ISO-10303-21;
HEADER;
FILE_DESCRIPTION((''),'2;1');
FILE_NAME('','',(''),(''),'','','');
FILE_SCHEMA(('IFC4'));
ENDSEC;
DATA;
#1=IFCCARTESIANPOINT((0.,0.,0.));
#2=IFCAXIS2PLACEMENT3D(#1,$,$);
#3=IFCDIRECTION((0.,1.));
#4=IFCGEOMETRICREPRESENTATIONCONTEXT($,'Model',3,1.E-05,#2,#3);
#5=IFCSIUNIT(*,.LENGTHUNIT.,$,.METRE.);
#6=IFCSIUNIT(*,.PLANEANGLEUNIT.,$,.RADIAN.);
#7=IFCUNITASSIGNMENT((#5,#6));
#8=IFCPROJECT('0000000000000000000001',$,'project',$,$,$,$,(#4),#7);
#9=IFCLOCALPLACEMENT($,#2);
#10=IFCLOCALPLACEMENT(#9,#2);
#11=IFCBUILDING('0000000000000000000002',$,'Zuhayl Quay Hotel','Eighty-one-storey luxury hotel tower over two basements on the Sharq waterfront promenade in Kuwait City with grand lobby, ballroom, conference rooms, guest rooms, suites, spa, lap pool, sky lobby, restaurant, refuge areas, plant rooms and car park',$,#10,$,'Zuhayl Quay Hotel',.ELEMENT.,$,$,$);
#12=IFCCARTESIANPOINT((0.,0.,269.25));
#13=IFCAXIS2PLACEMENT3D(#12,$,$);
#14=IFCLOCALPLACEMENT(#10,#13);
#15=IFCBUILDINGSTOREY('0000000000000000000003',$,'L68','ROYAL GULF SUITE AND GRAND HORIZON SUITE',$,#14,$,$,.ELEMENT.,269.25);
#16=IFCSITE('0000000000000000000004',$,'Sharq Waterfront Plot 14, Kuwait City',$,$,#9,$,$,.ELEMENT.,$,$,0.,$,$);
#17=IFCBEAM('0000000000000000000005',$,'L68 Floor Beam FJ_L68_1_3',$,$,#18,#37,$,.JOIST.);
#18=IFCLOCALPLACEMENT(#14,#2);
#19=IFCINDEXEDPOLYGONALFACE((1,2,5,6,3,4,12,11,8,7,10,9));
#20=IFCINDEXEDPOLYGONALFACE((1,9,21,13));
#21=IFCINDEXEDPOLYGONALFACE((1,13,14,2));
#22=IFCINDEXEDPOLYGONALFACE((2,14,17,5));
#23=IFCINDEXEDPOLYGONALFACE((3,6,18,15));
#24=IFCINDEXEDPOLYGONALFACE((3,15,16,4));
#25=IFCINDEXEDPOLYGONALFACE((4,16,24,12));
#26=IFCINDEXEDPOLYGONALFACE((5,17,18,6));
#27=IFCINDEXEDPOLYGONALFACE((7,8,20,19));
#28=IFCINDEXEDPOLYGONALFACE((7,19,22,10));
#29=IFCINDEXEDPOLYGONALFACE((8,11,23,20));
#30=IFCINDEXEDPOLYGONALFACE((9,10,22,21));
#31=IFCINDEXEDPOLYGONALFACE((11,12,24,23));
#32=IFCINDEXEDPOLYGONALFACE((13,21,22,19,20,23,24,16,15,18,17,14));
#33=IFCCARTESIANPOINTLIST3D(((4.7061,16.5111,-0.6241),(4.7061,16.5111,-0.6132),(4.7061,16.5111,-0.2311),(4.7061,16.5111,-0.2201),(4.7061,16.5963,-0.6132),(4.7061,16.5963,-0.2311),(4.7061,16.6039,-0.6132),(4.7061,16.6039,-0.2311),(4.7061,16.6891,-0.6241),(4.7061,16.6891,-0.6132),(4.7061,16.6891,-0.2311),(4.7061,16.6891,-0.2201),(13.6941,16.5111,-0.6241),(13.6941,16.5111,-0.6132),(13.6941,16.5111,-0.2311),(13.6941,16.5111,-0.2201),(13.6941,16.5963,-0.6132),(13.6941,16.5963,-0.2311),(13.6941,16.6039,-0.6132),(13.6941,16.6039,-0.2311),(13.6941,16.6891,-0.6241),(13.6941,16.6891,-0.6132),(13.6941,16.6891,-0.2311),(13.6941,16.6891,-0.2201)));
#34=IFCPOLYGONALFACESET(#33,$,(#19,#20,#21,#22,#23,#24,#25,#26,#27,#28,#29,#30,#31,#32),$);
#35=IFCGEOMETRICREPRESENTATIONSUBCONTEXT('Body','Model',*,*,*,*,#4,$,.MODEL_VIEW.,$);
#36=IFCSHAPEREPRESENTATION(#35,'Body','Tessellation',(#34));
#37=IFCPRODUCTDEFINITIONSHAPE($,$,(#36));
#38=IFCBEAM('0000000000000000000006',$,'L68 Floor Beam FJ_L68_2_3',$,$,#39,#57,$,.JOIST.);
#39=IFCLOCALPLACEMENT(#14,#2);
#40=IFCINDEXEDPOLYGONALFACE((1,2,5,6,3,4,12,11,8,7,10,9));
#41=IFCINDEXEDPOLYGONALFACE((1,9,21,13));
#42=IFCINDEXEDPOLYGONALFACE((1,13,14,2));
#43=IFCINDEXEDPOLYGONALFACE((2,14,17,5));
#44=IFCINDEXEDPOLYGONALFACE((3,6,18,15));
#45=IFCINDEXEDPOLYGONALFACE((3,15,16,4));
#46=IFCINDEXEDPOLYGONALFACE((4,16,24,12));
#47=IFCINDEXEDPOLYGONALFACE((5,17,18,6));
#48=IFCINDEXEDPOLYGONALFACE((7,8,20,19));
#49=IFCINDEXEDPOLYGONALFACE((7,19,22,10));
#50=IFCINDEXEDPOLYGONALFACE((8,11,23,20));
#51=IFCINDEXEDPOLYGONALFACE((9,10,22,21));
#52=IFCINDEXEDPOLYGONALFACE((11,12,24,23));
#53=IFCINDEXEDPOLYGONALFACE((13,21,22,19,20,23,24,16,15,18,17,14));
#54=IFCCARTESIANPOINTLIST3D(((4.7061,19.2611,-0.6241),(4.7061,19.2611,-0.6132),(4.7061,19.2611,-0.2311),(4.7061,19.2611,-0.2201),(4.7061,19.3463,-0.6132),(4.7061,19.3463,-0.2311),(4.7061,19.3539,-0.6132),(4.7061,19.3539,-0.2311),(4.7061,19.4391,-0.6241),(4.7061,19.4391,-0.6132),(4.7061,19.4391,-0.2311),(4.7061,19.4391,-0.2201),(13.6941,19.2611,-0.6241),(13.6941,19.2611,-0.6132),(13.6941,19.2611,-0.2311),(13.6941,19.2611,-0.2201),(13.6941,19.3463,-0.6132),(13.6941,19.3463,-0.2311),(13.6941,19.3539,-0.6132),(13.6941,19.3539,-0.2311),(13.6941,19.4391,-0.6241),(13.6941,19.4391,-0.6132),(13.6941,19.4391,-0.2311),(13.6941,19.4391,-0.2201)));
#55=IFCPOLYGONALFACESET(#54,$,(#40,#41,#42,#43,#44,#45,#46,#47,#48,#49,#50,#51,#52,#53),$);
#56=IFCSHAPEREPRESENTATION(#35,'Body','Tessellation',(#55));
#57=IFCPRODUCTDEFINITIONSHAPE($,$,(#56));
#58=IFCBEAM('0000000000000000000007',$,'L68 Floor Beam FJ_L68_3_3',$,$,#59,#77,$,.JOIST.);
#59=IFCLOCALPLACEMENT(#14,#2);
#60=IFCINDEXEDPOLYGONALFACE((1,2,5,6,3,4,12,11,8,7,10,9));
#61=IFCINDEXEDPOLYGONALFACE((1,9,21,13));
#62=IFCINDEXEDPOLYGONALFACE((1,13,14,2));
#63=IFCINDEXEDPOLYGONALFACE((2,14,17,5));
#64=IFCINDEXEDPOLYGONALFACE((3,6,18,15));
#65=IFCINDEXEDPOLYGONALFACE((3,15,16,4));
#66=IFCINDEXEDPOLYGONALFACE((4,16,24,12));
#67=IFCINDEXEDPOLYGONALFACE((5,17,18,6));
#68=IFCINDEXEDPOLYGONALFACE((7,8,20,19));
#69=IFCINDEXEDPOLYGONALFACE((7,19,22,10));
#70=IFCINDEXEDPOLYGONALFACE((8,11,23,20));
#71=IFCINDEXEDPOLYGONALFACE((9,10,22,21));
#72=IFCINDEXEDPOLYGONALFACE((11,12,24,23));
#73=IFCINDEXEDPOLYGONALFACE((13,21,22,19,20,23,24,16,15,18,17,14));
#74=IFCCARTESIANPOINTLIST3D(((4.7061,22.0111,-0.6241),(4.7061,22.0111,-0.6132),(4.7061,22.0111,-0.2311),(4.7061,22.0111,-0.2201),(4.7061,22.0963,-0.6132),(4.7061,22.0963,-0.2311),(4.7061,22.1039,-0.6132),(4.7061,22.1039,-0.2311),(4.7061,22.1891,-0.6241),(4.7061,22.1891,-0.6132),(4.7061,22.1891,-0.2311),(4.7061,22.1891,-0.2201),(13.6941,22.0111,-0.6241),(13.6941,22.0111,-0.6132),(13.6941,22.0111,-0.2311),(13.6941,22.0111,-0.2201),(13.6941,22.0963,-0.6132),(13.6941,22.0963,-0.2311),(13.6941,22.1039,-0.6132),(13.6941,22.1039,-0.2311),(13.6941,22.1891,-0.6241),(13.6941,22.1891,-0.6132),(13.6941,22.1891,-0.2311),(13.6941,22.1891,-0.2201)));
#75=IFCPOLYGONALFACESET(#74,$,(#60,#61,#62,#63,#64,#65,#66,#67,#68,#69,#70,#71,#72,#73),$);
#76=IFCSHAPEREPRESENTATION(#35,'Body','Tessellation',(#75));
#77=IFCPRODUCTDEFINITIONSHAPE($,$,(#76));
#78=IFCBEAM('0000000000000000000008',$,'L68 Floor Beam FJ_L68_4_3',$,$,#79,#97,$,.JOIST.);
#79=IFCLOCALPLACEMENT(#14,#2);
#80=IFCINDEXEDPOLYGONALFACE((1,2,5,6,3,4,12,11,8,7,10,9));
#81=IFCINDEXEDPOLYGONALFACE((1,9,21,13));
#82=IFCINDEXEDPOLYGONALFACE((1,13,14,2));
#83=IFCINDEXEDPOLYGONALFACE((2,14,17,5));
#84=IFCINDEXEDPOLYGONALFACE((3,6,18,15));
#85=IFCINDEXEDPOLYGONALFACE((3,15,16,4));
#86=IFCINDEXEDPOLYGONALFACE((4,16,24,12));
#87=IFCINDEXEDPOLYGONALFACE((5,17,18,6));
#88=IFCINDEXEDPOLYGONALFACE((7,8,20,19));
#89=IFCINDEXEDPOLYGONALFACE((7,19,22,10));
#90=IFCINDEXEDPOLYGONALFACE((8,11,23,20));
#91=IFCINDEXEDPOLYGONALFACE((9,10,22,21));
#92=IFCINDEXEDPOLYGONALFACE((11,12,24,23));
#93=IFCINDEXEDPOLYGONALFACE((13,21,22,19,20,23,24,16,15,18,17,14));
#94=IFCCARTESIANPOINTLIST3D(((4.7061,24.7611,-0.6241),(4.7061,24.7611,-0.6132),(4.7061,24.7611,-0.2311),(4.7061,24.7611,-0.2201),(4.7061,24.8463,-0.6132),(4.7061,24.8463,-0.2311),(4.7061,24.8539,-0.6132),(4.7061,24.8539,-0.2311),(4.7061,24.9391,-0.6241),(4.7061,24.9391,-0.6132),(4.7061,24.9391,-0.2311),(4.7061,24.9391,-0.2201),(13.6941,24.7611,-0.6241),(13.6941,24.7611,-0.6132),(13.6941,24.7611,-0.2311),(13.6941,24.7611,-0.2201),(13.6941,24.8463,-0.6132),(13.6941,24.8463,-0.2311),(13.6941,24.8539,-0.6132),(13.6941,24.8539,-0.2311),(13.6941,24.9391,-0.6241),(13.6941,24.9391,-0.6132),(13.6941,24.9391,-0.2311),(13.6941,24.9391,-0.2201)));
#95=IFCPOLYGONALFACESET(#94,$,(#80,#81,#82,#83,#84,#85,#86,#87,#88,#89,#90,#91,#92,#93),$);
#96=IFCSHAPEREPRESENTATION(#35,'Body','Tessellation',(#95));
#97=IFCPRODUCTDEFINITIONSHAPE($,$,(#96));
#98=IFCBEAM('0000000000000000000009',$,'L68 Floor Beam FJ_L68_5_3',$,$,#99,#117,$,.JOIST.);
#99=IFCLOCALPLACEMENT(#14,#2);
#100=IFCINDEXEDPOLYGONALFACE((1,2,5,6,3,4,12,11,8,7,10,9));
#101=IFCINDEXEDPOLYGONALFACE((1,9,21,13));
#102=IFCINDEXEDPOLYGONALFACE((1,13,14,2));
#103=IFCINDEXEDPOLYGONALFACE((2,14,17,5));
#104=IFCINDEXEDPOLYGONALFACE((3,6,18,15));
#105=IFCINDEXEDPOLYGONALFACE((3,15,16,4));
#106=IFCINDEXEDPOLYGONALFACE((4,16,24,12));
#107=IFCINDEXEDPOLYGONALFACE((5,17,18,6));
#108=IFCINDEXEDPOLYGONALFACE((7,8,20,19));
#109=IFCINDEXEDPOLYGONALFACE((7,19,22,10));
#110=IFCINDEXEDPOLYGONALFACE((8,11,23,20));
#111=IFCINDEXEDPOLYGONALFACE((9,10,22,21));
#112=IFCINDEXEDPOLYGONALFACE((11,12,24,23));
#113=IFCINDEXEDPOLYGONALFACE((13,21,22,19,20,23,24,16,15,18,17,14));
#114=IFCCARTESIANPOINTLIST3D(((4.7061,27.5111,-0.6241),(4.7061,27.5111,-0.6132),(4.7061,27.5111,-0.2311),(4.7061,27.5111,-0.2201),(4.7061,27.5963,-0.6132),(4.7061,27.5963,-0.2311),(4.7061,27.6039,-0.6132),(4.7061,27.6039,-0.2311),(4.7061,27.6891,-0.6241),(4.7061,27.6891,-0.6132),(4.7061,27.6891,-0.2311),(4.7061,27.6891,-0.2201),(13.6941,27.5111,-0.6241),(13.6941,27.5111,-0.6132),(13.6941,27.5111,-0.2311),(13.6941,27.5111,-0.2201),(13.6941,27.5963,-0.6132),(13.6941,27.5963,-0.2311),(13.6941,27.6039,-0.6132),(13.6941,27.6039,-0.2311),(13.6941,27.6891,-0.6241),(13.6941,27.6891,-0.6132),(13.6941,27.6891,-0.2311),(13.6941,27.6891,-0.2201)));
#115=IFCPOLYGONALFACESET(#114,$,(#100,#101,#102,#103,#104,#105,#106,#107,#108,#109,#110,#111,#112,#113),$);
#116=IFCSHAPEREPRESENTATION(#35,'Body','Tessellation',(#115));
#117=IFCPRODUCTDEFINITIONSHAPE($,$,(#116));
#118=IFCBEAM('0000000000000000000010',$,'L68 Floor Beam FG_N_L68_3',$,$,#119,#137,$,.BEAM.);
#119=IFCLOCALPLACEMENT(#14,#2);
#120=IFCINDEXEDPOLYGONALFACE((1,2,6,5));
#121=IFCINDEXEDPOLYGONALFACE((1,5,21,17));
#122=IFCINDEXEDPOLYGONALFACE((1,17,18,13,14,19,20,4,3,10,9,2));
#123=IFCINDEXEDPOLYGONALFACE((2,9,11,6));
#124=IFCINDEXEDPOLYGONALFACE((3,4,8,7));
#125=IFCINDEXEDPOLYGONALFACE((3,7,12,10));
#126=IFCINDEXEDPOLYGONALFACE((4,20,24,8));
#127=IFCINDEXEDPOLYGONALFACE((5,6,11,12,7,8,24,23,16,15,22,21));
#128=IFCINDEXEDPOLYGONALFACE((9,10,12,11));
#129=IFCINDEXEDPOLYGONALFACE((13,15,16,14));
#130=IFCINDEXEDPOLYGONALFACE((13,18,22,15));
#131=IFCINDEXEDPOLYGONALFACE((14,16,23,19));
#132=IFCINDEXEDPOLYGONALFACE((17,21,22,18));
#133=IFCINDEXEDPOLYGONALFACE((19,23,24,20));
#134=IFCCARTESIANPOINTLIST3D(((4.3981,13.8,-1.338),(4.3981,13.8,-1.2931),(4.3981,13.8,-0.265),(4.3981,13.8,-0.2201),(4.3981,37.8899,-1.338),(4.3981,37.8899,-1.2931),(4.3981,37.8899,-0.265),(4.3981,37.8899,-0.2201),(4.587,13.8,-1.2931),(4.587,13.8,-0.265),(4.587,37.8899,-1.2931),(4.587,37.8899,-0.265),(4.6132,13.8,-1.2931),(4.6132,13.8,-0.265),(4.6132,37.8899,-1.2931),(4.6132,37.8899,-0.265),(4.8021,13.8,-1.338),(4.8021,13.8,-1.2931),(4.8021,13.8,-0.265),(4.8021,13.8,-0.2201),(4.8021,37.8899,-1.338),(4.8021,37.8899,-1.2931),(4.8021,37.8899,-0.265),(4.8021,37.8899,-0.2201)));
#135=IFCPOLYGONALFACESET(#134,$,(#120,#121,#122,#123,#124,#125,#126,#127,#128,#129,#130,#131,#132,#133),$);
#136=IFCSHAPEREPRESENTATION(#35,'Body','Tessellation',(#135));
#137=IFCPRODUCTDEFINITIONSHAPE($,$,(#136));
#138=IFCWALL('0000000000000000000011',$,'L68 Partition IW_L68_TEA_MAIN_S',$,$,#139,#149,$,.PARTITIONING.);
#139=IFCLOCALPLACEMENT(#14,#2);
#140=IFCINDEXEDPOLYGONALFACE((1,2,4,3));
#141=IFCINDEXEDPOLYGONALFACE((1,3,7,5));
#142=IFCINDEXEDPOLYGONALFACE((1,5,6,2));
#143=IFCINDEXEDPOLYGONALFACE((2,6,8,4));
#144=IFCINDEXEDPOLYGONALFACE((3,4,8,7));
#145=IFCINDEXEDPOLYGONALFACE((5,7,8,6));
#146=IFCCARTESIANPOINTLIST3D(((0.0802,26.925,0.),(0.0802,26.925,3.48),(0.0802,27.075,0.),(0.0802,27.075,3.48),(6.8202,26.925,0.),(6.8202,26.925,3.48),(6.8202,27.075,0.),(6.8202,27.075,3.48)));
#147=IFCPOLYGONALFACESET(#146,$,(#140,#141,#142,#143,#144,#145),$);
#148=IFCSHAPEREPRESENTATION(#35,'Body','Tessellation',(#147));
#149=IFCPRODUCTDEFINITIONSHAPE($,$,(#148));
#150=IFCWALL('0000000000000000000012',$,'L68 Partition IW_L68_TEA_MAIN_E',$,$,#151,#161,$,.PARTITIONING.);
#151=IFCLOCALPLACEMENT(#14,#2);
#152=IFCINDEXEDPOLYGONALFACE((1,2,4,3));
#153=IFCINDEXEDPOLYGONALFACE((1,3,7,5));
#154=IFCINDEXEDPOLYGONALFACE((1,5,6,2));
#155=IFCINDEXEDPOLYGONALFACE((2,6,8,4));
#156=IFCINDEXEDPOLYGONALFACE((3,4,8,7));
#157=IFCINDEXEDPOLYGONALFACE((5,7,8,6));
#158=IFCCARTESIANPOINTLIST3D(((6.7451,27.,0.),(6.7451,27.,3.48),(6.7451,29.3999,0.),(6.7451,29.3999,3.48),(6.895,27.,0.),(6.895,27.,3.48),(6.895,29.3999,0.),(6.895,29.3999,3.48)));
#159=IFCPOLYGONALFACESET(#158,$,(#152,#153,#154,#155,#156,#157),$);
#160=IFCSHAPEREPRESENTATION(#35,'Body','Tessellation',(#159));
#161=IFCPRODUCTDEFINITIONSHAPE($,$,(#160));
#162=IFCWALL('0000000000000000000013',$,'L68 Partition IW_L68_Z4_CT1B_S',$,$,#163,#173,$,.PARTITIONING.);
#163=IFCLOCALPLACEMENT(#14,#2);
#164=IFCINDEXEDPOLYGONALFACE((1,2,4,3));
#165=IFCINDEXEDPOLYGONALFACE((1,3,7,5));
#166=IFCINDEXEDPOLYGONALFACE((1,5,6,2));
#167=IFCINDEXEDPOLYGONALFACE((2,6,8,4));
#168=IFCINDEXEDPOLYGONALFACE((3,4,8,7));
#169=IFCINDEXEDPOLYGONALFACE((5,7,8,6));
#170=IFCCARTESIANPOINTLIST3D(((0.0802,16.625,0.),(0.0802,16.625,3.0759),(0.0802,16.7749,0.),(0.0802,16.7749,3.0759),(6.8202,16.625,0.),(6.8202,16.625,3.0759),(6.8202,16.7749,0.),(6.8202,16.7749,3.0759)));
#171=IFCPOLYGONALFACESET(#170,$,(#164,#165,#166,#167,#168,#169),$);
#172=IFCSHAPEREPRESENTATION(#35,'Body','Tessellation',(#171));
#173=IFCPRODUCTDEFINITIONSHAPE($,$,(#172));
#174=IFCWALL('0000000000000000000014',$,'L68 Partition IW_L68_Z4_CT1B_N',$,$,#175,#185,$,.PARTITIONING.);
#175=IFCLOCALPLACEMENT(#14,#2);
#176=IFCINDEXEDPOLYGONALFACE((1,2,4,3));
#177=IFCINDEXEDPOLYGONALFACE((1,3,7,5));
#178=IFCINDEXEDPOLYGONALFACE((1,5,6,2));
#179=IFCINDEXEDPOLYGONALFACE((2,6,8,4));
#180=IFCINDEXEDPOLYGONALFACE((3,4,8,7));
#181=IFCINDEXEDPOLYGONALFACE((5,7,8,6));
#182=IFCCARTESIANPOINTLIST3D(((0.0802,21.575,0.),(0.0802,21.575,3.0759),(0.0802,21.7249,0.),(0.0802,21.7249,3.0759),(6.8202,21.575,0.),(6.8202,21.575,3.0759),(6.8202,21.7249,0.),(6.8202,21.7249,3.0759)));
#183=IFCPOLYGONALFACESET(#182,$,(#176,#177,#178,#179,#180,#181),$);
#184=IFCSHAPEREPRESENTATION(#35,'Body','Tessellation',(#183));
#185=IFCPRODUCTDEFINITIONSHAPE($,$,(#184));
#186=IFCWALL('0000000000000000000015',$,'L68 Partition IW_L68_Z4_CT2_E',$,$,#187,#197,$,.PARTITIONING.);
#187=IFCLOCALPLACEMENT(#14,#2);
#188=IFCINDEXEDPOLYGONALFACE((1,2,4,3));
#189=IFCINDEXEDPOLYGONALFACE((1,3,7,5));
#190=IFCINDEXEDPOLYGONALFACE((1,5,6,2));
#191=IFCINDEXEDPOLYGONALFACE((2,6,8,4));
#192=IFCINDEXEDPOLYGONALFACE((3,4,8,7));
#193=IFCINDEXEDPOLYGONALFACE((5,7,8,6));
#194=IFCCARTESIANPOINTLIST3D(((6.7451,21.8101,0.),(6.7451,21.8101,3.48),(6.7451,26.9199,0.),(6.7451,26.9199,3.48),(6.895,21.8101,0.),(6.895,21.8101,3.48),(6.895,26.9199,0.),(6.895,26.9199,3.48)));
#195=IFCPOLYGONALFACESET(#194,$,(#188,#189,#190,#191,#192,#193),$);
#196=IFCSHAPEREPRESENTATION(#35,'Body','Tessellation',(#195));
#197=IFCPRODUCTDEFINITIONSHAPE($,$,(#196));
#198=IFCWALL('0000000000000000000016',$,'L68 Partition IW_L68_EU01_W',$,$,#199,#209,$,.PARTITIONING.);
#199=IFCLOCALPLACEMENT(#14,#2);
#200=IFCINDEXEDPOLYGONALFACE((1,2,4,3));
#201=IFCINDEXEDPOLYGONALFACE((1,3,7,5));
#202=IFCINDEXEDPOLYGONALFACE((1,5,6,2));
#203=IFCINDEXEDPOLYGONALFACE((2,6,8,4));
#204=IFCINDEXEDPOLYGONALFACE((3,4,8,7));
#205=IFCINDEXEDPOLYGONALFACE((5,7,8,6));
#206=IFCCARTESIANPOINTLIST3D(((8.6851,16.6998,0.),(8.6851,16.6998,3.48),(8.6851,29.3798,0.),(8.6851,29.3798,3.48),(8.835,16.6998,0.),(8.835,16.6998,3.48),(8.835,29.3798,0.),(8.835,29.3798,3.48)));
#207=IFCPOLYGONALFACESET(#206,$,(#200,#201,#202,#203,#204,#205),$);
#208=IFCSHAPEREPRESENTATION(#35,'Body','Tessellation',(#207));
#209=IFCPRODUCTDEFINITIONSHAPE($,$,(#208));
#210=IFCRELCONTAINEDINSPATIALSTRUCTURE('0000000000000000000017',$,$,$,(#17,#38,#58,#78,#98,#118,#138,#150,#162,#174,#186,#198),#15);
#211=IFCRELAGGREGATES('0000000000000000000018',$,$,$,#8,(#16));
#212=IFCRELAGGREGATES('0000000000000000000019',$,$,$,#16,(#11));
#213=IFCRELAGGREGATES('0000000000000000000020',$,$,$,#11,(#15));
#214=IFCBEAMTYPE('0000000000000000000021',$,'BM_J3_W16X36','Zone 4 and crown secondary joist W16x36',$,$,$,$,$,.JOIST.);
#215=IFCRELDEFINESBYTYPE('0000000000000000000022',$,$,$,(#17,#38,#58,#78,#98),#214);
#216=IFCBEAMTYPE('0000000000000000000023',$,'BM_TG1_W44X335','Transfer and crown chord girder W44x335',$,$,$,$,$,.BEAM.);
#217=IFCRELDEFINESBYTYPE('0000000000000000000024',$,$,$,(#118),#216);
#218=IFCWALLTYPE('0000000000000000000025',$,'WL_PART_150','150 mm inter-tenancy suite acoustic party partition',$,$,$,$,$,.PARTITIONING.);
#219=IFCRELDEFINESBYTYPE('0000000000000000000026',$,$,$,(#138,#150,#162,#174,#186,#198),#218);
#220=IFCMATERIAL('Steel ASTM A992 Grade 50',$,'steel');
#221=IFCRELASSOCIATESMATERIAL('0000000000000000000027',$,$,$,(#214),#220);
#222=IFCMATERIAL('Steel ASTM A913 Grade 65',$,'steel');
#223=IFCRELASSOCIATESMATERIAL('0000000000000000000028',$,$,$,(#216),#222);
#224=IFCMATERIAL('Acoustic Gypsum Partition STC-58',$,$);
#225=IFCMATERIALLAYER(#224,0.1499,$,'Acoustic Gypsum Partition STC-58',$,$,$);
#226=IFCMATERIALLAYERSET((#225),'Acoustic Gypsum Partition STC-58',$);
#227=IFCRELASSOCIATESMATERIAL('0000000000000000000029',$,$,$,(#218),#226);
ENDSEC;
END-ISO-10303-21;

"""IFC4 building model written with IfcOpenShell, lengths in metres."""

from ifc_helpers import new_model, si_unit, direction, frame, frame_2d, origin, origin_2d, place, context, subcontext, project, spatial, rectangle, i_section, extrude, material, layer, layer_set, material_profile, profile_set, type_object, element, save


model = new_model("IFC4")

# Units and contexts
model_context = context("Model", 3, precision=1e-05, world=origin(), true_north=direction((0.0, 1.0)))
body_context = subcontext(model_context, "Body", "Model", "MODEL_VIEW")
ifc_project = project(units=[si_unit("LENGTHUNIT", "METRE"), si_unit("PLANEANGLEUNIT", "RADIAN")], contexts=[model_context])

# Site, building, storey
site_placement = place(None, origin())
site = spatial("IfcSite", under=ifc_project, at=site_placement, Name="Sharq Waterfront Plot 14, Kuwait City", CompositionType="ELEMENT", RefElevation=0.0)
building_placement = place(site_placement, origin())
building = spatial("IfcBuilding", under=site, at=building_placement, Name="Zuhayl Quay Hotel", Description="Eighty-one-storey luxury hotel tower over two basements on the Sharq waterfront promenade in Kuwait City with grand lobby, ballroom, conference rooms, guest rooms, suites, spa, lap pool, sky lobby, restaurant, refuge areas, plant rooms and car park", LongName="Zuhayl Quay Hotel", CompositionType="ELEMENT")
storey_placement = place(building_placement, frame((0.0, 0.0, 269.25)))
storey = spatial("IfcBuildingStorey", under=building, at=storey_placement, Name="L68", Description="ROYAL GULF SUITE AND GRAND HORIZON SUITE", CompositionType="ELEMENT", Elevation=269.25)

# Beams
ifc_material_1 = material(Name="Steel ASTM A992 Grade 50", Category="steel")
ifc_material_profile_1 = material_profile(ifc_material_1, i_section(OverallWidth=0.178, OverallDepth=0.4041, WebThickness=0.0076, FlangeThickness=0.011, at=origin_2d()), Name="W16X36")
ifc_profile_set_1 = profile_set([ifc_material_profile_1], Name="Steel ASTM A992 Grade 50")
beam_type_1 = type_object("IfcBeamType", Name="BM_J3_W16X36", Description="Zone 4 and crown secondary joist W16x36", PredefinedType="JOIST", material=ifc_profile_set_1)
for number, where, z_axis, x_axis, name in (
    (1, (4.7061, 16.6001, -0.4221), (1.0, 0.0, 0.0), (0.0, 1.0, 0.0), "L68 Floor Beam FJ_L68_1_3"),
    (2, (4.7061, 19.3501, -0.4221), (1.0, 0.0, 0.0), (0.0, 1.0, 0.0), "L68 Floor Beam FJ_L68_2_3"),
    (3, (4.7061, 22.1001, -0.4221), (1.0, 0.0, 0.0), (0.0, 1.0, 0.0), "L68 Floor Beam FJ_L68_3_3"),
    (4, (4.7061, 24.8501, -0.4221), (1.0, 0.0, 0.0), (0.0, 1.0, 0.0), "L68 Floor Beam FJ_L68_4_3"),
    (5, (4.7061, 27.6001, -0.4221), (1.0, 0.0, 0.0), (0.0, 1.0, 0.0), "L68 Floor Beam FJ_L68_5_3"),
):
    element("IfcBeam", number, at=place(storey_placement, frame(where, z_axis=z_axis, x_axis=x_axis)), inside=storey, type_object=beam_type_1, Name=name, PredefinedType="JOIST", context=body_context, shape_type="SweptSolid", body=[
        extrude(i_section(OverallWidth=0.178, OverallDepth=0.4041, WebThickness=0.0076, FlangeThickness=0.011, at=origin_2d()), origin(), (0.0, 0.0, 1.0), 8.988),
    ])
ifc_material_2 = material(Name="Steel ASTM A913 Grade 65", Category="steel")
ifc_material_profile_2 = material_profile(ifc_material_2, i_section(OverallWidth=0.4041, OverallDepth=1.1179, WebThickness=0.0261, FlangeThickness=0.0449, at=origin_2d()), Name="W44X335")
ifc_profile_set_2 = profile_set([ifc_material_profile_2], Name="Steel ASTM A913 Grade 65")
beam_type_2 = type_object("IfcBeamType", Name="BM_TG1_W44X335", Description="Transfer and crown chord girder W44x335", PredefinedType="BEAM", material=ifc_profile_set_2)
beam_placement = place(storey_placement, frame((4.6001, 13.8, -0.7791), z_axis=(0.0, 1.0, 0.0), x_axis=(-1.0, 0.0, 0.0)))
element("IfcBeam", 6, at=beam_placement, inside=storey, type_object=beam_type_2, Name="L68 Floor Beam FG_N_L68_3", PredefinedType="BEAM", context=body_context, shape_type="SweptSolid", body=[
    extrude(i_section(OverallWidth=0.4041, OverallDepth=1.1179, WebThickness=0.0261, FlangeThickness=0.0449, at=origin_2d()), origin(), (0.0, 0.0, 1.0), 24.0898),
])

# Walls
ifc_material_3 = material(Name="Acoustic Gypsum Partition STC-58")
ifc_layer_1 = layer(ifc_material_3, 0.1499, Name="Acoustic Gypsum Partition STC-58")
ifc_layer_set_1 = layer_set([ifc_layer_1], Name="Acoustic Gypsum Partition STC-58")
wall_type_1 = type_object("IfcWallType", Name="WL_PART_150", Description="150 mm inter-tenancy suite acoustic party partition", PredefinedType="PARTITIONING", material=ifc_layer_set_1)
wall_1_placement = place(storey_placement, frame((0.0801, 27.0, 0.0), z_axis=(0.0, 0.0, 1.0), x_axis=(1.0, 0.0, 0.0)))
element("IfcWall", 7, at=wall_1_placement, inside=storey, type_object=wall_type_1, Name="L68 Partition IW_L68_TEA_MAIN_S", PredefinedType="PARTITIONING", context=body_context, shape_type="SweptSolid", body=[
    extrude(rectangle(XDim=6.74, YDim=0.1499, at=frame_2d((3.3701, 0.0))), origin(), (0.0, 0.0, 1.0), 3.48),
])
wall_2_placement = place(storey_placement, frame((6.8201, 27.0, 0.0), z_axis=(0.0, 0.0, 1.0), x_axis=(0.0, 1.0, 0.0)))
element("IfcWall", 8, at=wall_2_placement, inside=storey, type_object=wall_type_1, Name="L68 Partition IW_L68_TEA_MAIN_E", PredefinedType="PARTITIONING", context=body_context, shape_type="SweptSolid", body=[
    extrude(rectangle(XDim=2.3999, YDim=0.1499, at=frame_2d((1.2, 0.0))), origin(), (0.0, 0.0, 1.0), 3.48),
])
for number, where, z_axis, x_axis, name in (
    (9, (0.0801, 16.7, 0.0), (0.0, 0.0, 1.0), (1.0, 0.0, 0.0), "L68 Partition IW_L68_Z4_CT1B_S"),
    (10, (0.0801, 21.6499, 0.0), (0.0, 0.0, 1.0), (1.0, 0.0, 0.0), "L68 Partition IW_L68_Z4_CT1B_N"),
):
    element("IfcWall", number, at=place(storey_placement, frame(where, z_axis=z_axis, x_axis=x_axis)), inside=storey, type_object=wall_type_1, Name=name, PredefinedType="PARTITIONING", context=body_context, shape_type="SweptSolid", body=[
        extrude(rectangle(XDim=6.74, YDim=0.1499, at=frame_2d((3.3701, 0.0))), origin(), (0.0, 0.0, 1.0), 3.0759),
    ])
wall_3_placement = place(storey_placement, frame((6.8201, 21.8101, 0.0), z_axis=(0.0, 0.0, 1.0), x_axis=(0.0, 1.0, 0.0)))
element("IfcWall", 11, at=wall_3_placement, inside=storey, type_object=wall_type_1, Name="L68 Partition IW_L68_Z4_CT2_E", PredefinedType="PARTITIONING", context=body_context, shape_type="SweptSolid", body=[
    extrude(rectangle(XDim=5.1099, YDim=0.1499, at=frame_2d((2.5549, 0.0))), origin(), (0.0, 0.0, 1.0), 3.48),
])
wall_4_placement = place(storey_placement, frame((8.76, 16.7, 0.0), z_axis=(0.0, 0.0, 1.0), x_axis=(0.0, 1.0, 0.0)))
element("IfcWall", 12, at=wall_4_placement, inside=storey, type_object=wall_type_1, Name="L68 Partition IW_L68_EU01_W", PredefinedType="PARTITIONING", context=body_context, shape_type="SweptSolid", body=[
    extrude(rectangle(XDim=12.6799, YDim=0.1499, at=frame_2d((6.3398, 0.0))), origin(), (0.0, 0.0, 1.0), 3.48),
])

save(model, "model.ifc")
